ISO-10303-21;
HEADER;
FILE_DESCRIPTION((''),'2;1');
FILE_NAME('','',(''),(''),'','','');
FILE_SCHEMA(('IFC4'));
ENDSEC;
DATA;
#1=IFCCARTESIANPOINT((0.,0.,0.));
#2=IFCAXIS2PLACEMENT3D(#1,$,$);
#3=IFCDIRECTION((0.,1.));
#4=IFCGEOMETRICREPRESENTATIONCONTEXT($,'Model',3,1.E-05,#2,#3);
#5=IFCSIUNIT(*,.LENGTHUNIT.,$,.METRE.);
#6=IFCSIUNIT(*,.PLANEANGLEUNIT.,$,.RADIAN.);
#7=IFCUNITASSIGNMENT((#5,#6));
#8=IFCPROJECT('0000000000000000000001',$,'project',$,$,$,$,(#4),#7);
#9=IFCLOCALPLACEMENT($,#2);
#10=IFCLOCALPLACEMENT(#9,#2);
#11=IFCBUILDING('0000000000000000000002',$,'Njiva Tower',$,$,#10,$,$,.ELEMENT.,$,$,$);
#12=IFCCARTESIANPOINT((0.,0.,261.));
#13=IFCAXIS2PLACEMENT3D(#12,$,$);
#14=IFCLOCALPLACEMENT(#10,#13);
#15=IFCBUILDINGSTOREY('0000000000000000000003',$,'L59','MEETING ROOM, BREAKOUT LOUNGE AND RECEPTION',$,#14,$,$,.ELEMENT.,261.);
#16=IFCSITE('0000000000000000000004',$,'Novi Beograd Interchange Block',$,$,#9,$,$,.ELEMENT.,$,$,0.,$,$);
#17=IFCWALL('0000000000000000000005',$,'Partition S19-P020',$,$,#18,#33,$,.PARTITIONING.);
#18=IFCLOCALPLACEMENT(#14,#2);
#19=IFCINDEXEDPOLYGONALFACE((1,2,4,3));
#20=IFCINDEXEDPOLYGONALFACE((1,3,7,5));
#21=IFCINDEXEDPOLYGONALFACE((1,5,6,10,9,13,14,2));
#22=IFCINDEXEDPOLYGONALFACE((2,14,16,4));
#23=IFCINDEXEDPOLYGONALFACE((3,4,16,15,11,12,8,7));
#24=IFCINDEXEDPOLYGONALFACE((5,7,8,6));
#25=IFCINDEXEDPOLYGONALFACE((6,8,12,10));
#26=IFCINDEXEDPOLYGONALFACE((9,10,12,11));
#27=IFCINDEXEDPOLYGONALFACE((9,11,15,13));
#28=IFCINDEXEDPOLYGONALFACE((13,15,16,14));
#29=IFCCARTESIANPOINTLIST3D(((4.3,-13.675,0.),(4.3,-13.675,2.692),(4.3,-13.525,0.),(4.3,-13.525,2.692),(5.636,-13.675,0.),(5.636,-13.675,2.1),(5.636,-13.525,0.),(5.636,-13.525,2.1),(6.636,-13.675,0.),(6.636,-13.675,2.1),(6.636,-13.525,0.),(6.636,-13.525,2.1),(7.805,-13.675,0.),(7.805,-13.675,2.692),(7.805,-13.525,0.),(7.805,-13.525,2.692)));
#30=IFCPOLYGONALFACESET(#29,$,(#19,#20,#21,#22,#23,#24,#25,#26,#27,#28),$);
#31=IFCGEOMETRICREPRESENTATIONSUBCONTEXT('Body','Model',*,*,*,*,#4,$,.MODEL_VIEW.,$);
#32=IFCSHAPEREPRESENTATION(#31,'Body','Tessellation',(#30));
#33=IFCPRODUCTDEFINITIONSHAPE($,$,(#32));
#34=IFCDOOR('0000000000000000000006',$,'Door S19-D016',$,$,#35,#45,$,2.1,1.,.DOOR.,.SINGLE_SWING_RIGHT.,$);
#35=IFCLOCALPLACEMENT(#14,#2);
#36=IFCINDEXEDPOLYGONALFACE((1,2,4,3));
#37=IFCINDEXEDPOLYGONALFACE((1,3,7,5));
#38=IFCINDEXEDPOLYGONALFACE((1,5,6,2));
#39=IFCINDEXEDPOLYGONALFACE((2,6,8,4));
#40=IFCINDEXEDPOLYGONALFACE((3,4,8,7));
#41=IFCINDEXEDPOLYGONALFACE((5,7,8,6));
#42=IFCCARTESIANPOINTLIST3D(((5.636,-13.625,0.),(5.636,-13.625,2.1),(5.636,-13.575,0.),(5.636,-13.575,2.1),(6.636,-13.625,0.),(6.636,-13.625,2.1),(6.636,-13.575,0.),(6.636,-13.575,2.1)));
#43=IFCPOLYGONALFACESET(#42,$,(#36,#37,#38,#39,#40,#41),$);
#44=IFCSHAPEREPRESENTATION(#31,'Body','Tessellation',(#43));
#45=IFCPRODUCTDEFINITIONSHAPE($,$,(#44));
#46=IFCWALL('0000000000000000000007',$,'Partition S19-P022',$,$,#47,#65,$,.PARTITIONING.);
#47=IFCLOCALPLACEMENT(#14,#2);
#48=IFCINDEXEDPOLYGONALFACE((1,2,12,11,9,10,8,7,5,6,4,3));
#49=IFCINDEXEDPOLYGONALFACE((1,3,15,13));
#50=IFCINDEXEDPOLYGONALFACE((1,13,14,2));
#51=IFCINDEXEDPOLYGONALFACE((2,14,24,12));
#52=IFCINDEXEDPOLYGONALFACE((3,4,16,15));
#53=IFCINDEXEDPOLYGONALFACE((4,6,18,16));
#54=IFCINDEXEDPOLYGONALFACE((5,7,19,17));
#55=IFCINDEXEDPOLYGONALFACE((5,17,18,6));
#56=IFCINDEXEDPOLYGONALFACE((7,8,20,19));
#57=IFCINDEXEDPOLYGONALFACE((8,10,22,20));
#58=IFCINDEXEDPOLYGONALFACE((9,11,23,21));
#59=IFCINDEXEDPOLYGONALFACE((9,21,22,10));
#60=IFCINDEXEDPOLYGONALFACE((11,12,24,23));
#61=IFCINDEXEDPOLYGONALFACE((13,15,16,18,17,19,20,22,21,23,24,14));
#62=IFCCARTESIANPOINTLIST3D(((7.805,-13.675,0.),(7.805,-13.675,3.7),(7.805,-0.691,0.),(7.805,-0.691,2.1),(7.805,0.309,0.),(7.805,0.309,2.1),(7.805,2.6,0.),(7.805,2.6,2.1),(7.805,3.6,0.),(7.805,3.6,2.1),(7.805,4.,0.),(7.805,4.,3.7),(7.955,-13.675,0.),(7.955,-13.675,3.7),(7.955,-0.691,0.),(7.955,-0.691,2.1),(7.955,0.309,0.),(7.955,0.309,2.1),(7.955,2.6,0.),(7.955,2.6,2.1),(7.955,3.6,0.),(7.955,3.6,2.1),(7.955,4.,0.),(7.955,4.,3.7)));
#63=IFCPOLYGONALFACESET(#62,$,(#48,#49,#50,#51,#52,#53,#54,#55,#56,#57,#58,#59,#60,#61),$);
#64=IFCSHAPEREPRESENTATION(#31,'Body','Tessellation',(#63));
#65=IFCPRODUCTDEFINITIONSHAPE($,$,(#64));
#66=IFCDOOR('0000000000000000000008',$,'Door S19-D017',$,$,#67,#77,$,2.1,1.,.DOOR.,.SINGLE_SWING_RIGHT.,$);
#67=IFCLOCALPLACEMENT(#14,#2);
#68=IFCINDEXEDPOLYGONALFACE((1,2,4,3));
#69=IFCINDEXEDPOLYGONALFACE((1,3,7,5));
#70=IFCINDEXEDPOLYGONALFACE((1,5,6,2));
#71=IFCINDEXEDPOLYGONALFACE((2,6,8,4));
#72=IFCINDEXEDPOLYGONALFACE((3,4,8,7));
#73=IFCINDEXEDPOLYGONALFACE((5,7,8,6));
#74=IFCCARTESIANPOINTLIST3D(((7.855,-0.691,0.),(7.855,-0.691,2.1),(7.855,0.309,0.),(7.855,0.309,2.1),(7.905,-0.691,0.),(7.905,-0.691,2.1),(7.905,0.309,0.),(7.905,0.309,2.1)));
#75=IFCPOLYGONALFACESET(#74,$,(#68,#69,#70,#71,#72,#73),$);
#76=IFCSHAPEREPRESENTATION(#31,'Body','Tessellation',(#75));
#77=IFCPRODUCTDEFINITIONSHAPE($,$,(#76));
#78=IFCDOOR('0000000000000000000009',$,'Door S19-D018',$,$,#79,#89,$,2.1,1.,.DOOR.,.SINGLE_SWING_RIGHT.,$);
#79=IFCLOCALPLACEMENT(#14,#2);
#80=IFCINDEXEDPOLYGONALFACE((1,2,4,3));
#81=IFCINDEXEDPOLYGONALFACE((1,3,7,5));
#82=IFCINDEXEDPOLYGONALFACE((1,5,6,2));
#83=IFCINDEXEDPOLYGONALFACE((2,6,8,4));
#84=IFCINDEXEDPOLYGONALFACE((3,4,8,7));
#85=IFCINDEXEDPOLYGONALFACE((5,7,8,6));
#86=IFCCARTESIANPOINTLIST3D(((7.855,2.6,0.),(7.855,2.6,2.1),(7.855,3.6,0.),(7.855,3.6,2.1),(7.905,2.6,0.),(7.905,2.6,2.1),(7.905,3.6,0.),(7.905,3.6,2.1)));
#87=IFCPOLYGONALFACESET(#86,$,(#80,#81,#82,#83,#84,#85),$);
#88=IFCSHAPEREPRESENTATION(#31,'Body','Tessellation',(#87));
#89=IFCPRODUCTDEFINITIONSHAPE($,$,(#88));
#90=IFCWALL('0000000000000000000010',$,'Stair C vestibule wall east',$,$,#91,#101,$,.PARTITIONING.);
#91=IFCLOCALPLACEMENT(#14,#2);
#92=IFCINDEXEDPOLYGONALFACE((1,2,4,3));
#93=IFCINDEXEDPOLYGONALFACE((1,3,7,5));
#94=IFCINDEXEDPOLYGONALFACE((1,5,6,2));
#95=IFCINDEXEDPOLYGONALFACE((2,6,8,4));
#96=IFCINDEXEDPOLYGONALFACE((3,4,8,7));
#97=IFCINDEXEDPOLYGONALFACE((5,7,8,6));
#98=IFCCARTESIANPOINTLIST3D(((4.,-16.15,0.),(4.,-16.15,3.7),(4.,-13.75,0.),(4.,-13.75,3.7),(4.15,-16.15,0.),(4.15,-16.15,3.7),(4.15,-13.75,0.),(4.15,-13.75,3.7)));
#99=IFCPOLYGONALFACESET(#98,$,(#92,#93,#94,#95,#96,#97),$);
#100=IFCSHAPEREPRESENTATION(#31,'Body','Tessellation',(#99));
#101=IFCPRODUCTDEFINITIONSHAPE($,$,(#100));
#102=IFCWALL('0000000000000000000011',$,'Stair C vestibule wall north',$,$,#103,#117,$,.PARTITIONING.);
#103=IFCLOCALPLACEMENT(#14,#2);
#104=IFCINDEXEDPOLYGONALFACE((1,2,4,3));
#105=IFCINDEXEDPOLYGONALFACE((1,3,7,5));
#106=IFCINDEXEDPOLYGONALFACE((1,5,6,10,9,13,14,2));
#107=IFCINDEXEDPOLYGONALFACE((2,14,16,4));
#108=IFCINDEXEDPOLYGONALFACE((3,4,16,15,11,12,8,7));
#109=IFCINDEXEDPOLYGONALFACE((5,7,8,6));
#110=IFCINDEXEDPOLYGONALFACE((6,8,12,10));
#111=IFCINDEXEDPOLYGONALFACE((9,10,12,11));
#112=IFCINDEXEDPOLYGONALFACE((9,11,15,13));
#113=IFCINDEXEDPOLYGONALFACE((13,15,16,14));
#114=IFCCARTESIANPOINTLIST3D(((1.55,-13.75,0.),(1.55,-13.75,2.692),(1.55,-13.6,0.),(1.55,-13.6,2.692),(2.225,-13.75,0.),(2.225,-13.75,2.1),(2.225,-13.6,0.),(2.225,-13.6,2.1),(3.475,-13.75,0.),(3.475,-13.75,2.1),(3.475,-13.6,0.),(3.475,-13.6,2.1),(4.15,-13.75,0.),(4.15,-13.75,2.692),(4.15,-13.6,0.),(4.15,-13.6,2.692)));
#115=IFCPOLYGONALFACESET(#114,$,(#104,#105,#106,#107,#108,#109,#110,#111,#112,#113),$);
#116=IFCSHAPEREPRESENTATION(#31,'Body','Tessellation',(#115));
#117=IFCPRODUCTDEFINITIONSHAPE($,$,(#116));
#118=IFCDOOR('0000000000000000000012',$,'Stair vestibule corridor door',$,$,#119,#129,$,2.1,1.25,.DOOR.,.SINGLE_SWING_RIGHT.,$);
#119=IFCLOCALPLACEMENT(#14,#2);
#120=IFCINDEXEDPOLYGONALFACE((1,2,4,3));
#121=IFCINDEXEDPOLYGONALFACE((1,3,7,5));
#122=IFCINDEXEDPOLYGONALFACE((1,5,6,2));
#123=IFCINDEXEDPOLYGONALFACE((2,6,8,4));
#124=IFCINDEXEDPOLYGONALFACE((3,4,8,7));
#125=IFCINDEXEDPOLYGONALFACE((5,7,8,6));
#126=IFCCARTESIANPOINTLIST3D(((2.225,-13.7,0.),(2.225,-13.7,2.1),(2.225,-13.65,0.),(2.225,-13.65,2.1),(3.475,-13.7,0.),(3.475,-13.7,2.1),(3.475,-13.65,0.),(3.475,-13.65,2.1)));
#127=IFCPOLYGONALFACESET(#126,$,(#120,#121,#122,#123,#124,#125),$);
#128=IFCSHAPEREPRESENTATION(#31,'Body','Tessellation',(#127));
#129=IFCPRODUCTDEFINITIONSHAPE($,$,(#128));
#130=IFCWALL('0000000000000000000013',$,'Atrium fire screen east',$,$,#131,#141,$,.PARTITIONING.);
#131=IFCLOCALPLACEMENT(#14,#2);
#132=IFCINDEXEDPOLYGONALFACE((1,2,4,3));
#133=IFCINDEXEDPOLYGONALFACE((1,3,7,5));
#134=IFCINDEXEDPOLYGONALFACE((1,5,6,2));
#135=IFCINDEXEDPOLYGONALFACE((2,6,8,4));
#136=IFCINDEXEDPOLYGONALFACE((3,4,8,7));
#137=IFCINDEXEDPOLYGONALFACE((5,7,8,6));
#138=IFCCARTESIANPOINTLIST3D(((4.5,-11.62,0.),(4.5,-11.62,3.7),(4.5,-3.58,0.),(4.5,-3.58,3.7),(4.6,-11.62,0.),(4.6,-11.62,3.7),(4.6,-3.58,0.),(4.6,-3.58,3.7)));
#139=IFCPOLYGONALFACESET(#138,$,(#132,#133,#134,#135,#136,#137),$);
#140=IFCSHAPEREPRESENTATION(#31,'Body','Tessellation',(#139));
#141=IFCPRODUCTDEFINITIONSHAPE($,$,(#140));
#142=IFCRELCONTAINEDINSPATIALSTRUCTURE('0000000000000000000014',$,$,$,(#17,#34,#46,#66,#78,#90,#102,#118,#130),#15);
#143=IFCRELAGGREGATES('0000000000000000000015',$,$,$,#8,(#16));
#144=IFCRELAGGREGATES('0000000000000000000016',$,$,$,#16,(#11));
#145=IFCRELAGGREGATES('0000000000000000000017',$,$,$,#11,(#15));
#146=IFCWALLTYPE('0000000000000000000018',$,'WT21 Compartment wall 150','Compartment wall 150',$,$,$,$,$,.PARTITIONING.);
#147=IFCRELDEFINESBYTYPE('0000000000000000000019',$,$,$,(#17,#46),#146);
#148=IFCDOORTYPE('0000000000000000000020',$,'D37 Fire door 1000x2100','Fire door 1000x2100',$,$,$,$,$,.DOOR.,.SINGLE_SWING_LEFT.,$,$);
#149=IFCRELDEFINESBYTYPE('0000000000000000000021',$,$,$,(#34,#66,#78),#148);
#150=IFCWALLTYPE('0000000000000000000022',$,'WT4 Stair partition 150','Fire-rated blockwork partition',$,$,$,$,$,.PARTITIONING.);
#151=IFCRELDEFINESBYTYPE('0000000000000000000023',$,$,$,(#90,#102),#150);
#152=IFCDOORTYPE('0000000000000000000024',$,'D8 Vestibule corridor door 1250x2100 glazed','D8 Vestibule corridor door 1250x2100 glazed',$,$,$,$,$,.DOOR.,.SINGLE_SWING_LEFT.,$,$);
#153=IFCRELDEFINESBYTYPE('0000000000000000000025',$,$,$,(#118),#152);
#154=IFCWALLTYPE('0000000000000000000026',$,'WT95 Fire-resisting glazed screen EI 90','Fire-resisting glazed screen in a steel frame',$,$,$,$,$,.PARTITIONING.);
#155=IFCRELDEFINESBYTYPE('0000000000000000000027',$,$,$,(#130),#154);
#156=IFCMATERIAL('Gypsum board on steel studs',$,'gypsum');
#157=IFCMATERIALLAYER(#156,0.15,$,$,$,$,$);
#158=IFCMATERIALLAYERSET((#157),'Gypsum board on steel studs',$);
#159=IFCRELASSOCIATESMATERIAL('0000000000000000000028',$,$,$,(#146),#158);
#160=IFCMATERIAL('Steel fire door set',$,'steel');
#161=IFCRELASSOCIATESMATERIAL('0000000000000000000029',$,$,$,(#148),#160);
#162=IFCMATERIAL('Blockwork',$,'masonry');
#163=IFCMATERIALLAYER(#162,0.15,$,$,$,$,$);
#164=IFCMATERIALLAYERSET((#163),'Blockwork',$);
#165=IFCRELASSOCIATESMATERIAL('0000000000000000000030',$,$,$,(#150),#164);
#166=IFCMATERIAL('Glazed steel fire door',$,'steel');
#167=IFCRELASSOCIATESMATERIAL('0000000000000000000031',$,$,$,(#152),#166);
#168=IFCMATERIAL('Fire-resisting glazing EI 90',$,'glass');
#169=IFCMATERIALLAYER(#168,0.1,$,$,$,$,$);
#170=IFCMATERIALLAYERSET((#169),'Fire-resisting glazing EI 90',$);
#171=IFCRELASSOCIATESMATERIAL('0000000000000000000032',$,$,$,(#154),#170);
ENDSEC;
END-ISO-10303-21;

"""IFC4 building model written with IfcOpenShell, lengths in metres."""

from ifc_helpers import new_model, si_unit, direction, frame, frame_2d, origin, place, context, subcontext, project, spatial, rectangle, extrude, material, layer, layer_set, type_object, element, fill, save


model = new_model("IFC4")

# Units and contexts
model_context = context("Model", 3, precision=1e-05, world=origin(), true_north=direction((0.0, 1.0)))
body_context = subcontext(model_context, "Body", "Model", "MODEL_VIEW")
ifc_project = project(units=[si_unit("LENGTHUNIT", "METRE"), si_unit("PLANEANGLEUNIT", "RADIAN")], contexts=[model_context])

# Site, building, storey
site_placement = place(None, origin())
site = spatial("IfcSite", under=ifc_project, at=site_placement, Name="Novi Beograd Interchange Block", CompositionType="ELEMENT", RefElevation=0.0)
building_placement = place(site_placement, origin())
building = spatial("IfcBuilding", under=site, at=building_placement, Name="Njiva Tower", CompositionType="ELEMENT")
storey_placement = place(building_placement, frame((0.0, 0.0, 261.0)))
storey = spatial("IfcBuildingStorey", under=building, at=storey_placement, Name="L59", Description="MEETING ROOM, BREAKOUT LOUNGE AND RECEPTION", CompositionType="ELEMENT", Elevation=261.0)

# Wall, opening, door
ifc_material_1 = material(Name="Gypsum board on steel studs", Category="gypsum")
ifc_layer_1 = layer(ifc_material_1, 0.15)
ifc_layer_set_1 = layer_set([ifc_layer_1], Name="Gypsum board on steel studs")
wall_type_1 = type_object("IfcWallType", Name="WT21 Compartment wall 150", Description="Compartment wall 150", PredefinedType="PARTITIONING", material=ifc_layer_set_1)
wall_1_placement = place(storey_placement, frame((4.3, -13.6, 0.0), z_axis=(0.0, 0.0, 1.0), x_axis=(1.0, 0.0, 0.0)))
wall_1 = element("IfcWall", 1, at=wall_1_placement, inside=storey, type_object=wall_type_1, Name="Partition S19-P020", PredefinedType="PARTITIONING", context=body_context, shape_type="SweptSolid", body=[
    extrude(rectangle(XDim=3.505, YDim=0.15, at=frame_2d((1.7525, 0.0))), origin(), (0.0, 0.0, 1.0), 2.692),
])
opening_1_placement = place(wall_1_placement, frame((1.336, 0.0, 0.0)))
opening_1 = element("IfcOpeningElement", 2, at=opening_1_placement, cuts=wall_1, PredefinedType="OPENING", context=body_context, shape_type="SweptSolid", body=[
    extrude(rectangle(XDim=1.0, YDim=2.1, at=frame_2d((0.5, 1.05))), frame((0.0, 0.085, 0.0), z_axis=(0.0, -1.0, 0.0), x_axis=(1.0, 0.0, 0.0)), (0.0, 0.0, 1.0), 0.17),
])
ifc_material_2 = material(Name="Steel fire door set", Category="steel")
door_type_1 = type_object("IfcDoorType", Name="D37 Fire door 1000x2100", Description="Fire door 1000x2100", OperationType="SINGLE_SWING_LEFT", PredefinedType="DOOR", material=ifc_material_2)
door_1_placement = place(opening_1_placement, origin())
door_1 = element("IfcDoor", 3, at=door_1_placement, inside=storey, type_object=door_type_1, Name="Door S19-D016", OperationType="SINGLE_SWING_RIGHT", OverallHeight=2.1, OverallWidth=1.0, PredefinedType="DOOR", context=body_context, shape_type="SweptSolid", body=[
    extrude(rectangle(XDim=1.0, YDim=2.1, at=frame_2d((0.5, 1.05))), frame((0.0, 0.025, 0.0), z_axis=(0.0, -1.0, 0.0), x_axis=(1.0, 0.0, 0.0)), (0.0, 0.0, 1.0), 0.05),
])
fill(opening_1, door_1)

# Wall, openings, doors
wall_2_placement = place(storey_placement, frame((7.88, -13.675, 0.0), z_axis=(0.0, 0.0, 1.0), x_axis=(0.0, 1.0, 0.0)))
wall_2 = element("IfcWall", 4, at=wall_2_placement, inside=storey, type_object=wall_type_1, Name="Partition S19-P022", PredefinedType="PARTITIONING", context=body_context, shape_type="SweptSolid", body=[
    extrude(rectangle(XDim=17.675, YDim=0.15, at=frame_2d((8.8375, 0.0))), origin(), (0.0, 0.0, 1.0), 3.7),
])
opening_2_placement = place(wall_2_placement, frame((12.984, 0.0, 0.0)))
opening_2 = element("IfcOpeningElement", 5, at=opening_2_placement, cuts=wall_2, PredefinedType="OPENING", context=body_context, shape_type="SweptSolid", body=[
    extrude(rectangle(XDim=1.0, YDim=2.1, at=frame_2d((0.5, 1.05))), frame((0.0, 0.085, 0.0), z_axis=(0.0, -1.0, 0.0), x_axis=(1.0, 0.0, 0.0)), (0.0, 0.0, 1.0), 0.17),
])
opening_3_placement = place(wall_2_placement, frame((16.275, 0.0, 0.0)))
opening_3 = element("IfcOpeningElement", 6, at=opening_3_placement, cuts=wall_2, PredefinedType="OPENING", context=body_context, shape_type="SweptSolid", body=[
    extrude(rectangle(XDim=1.0, YDim=2.1, at=frame_2d((0.5, 1.05))), frame((0.0, 0.085, 0.0), z_axis=(0.0, -1.0, 0.0), x_axis=(1.0, 0.0, 0.0)), (0.0, 0.0, 1.0), 0.17),
])
door_2_placement = place(opening_2_placement, origin())
door_2 = element("IfcDoor", 7, at=door_2_placement, inside=storey, type_object=door_type_1, Name="Door S19-D017", OperationType="SINGLE_SWING_RIGHT", OverallHeight=2.1, OverallWidth=1.0, PredefinedType="DOOR", context=body_context, shape_type="SweptSolid", body=[
    extrude(rectangle(XDim=1.0, YDim=2.1, at=frame_2d((0.5, 1.05))), frame((0.0, 0.025, 0.0), z_axis=(0.0, -1.0, 0.0), x_axis=(1.0, 0.0, 0.0)), (0.0, 0.0, 1.0), 0.05),
])
fill(opening_2, door_2)
door_3_placement = place(opening_3_placement, origin())
door_3 = element("IfcDoor", 8, at=door_3_placement, inside=storey, type_object=door_type_1, Name="Door S19-D018", OperationType="SINGLE_SWING_RIGHT", OverallHeight=2.1, OverallWidth=1.0, PredefinedType="DOOR", context=body_context, shape_type="SweptSolid", body=[
    extrude(rectangle(XDim=1.0, YDim=2.1, at=frame_2d((0.5, 1.05))), frame((0.0, 0.025, 0.0), z_axis=(0.0, -1.0, 0.0), x_axis=(1.0, 0.0, 0.0)), (0.0, 0.0, 1.0), 0.05),
])
fill(opening_3, door_3)

# Wall
ifc_material_3 = material(Name="Blockwork", Category="masonry")
ifc_layer_2 = layer(ifc_material_3, 0.15)
ifc_layer_set_2 = layer_set([ifc_layer_2], Name="Blockwork")
wall_type_2 = type_object("IfcWallType", Name="WT4 Stair partition 150", Description="Fire-rated blockwork partition", PredefinedType="PARTITIONING", material=ifc_layer_set_2)
wall_3_placement = place(storey_placement, frame((4.075, -16.15, 0.0), z_axis=(0.0, 0.0, 1.0), x_axis=(0.0, 1.0, 0.0)))
element("IfcWall", 9, at=wall_3_placement, inside=storey, type_object=wall_type_2, Name="Stair C vestibule wall east", PredefinedType="PARTITIONING", context=body_context, shape_type="SweptSolid", body=[
    extrude(rectangle(XDim=2.4, YDim=0.15, at=frame_2d((1.2, 0.0))), origin(), (0.0, 0.0, 1.0), 3.7),
])

# Wall, opening, door
wall_4_placement = place(storey_placement, frame((1.55, -13.675, 0.0), z_axis=(0.0, 0.0, 1.0), x_axis=(1.0, 0.0, 0.0)))
wall_4 = element("IfcWall", 10, at=wall_4_placement, inside=storey, type_object=wall_type_2, Name="Stair C vestibule wall north", PredefinedType="PARTITIONING", context=body_context, shape_type="SweptSolid", body=[
    extrude(rectangle(XDim=2.6, YDim=0.15, at=frame_2d((1.3, 0.0))), origin(), (0.0, 0.0, 1.0), 2.692),
])
opening_4_placement = place(wall_4_placement, frame((0.675, 0.0, 0.0)))
opening_4 = element("IfcOpeningElement", 11, at=opening_4_placement, cuts=wall_4, PredefinedType="OPENING", context=body_context, shape_type="SweptSolid", body=[
    extrude(rectangle(XDim=1.25, YDim=2.1, at=frame_2d((0.625, 1.05))), frame((0.0, 0.085, 0.0), z_axis=(0.0, -1.0, 0.0), x_axis=(1.0, 0.0, 0.0)), (0.0, 0.0, 1.0), 0.17),
])
ifc_material_4 = material(Name="Glazed steel fire door", Category="steel")
door_type_2 = type_object("IfcDoorType", Name="D8 Vestibule corridor door 1250x2100 glazed", Description="D8 Vestibule corridor door 1250x2100 glazed", OperationType="SINGLE_SWING_LEFT", PredefinedType="DOOR", material=ifc_material_4)
door_4_placement = place(opening_4_placement, origin())
door_4 = element("IfcDoor", 12, at=door_4_placement, inside=storey, type_object=door_type_2, Name="Stair vestibule corridor door", OperationType="SINGLE_SWING_RIGHT", OverallHeight=2.1, OverallWidth=1.25, PredefinedType="DOOR", context=body_context, shape_type="SweptSolid", body=[
    extrude(rectangle(XDim=1.25, YDim=2.1, at=frame_2d((0.625, 1.05))), frame((0.0, 0.025, 0.0), z_axis=(0.0, -1.0, 0.0), x_axis=(1.0, 0.0, 0.0)), (0.0, 0.0, 1.0), 0.05),
])
fill(opening_4, door_4)

# Wall
ifc_material_5 = material(Name="Fire-resisting glazing EI 90", Category="glass")
ifc_layer_3 = layer(ifc_material_5, 0.1)
ifc_layer_set_3 = layer_set([ifc_layer_3], Name="Fire-resisting glazing EI 90")
wall_type_3 = type_object("IfcWallType", Name="WT95 Fire-resisting glazed screen EI 90", Description="Fire-resisting glazed screen in a steel frame", PredefinedType="PARTITIONING", material=ifc_layer_set_3)
wall_5_placement = place(storey_placement, frame((4.55, -11.62, 0.0), z_axis=(0.0, 0.0, 1.0), x_axis=(0.0, 1.0, 0.0)))
element("IfcWall", 13, at=wall_5_placement, inside=storey, type_object=wall_type_3, Name="Atrium fire screen east", PredefinedType="PARTITIONING", context=body_context, shape_type="SweptSolid", body=[
    extrude(rectangle(XDim=8.04, YDim=0.1, at=frame_2d((4.02, 0.0))), origin(), (0.0, 0.0, 1.0), 3.7),
])

save(model, "model.ifc")
